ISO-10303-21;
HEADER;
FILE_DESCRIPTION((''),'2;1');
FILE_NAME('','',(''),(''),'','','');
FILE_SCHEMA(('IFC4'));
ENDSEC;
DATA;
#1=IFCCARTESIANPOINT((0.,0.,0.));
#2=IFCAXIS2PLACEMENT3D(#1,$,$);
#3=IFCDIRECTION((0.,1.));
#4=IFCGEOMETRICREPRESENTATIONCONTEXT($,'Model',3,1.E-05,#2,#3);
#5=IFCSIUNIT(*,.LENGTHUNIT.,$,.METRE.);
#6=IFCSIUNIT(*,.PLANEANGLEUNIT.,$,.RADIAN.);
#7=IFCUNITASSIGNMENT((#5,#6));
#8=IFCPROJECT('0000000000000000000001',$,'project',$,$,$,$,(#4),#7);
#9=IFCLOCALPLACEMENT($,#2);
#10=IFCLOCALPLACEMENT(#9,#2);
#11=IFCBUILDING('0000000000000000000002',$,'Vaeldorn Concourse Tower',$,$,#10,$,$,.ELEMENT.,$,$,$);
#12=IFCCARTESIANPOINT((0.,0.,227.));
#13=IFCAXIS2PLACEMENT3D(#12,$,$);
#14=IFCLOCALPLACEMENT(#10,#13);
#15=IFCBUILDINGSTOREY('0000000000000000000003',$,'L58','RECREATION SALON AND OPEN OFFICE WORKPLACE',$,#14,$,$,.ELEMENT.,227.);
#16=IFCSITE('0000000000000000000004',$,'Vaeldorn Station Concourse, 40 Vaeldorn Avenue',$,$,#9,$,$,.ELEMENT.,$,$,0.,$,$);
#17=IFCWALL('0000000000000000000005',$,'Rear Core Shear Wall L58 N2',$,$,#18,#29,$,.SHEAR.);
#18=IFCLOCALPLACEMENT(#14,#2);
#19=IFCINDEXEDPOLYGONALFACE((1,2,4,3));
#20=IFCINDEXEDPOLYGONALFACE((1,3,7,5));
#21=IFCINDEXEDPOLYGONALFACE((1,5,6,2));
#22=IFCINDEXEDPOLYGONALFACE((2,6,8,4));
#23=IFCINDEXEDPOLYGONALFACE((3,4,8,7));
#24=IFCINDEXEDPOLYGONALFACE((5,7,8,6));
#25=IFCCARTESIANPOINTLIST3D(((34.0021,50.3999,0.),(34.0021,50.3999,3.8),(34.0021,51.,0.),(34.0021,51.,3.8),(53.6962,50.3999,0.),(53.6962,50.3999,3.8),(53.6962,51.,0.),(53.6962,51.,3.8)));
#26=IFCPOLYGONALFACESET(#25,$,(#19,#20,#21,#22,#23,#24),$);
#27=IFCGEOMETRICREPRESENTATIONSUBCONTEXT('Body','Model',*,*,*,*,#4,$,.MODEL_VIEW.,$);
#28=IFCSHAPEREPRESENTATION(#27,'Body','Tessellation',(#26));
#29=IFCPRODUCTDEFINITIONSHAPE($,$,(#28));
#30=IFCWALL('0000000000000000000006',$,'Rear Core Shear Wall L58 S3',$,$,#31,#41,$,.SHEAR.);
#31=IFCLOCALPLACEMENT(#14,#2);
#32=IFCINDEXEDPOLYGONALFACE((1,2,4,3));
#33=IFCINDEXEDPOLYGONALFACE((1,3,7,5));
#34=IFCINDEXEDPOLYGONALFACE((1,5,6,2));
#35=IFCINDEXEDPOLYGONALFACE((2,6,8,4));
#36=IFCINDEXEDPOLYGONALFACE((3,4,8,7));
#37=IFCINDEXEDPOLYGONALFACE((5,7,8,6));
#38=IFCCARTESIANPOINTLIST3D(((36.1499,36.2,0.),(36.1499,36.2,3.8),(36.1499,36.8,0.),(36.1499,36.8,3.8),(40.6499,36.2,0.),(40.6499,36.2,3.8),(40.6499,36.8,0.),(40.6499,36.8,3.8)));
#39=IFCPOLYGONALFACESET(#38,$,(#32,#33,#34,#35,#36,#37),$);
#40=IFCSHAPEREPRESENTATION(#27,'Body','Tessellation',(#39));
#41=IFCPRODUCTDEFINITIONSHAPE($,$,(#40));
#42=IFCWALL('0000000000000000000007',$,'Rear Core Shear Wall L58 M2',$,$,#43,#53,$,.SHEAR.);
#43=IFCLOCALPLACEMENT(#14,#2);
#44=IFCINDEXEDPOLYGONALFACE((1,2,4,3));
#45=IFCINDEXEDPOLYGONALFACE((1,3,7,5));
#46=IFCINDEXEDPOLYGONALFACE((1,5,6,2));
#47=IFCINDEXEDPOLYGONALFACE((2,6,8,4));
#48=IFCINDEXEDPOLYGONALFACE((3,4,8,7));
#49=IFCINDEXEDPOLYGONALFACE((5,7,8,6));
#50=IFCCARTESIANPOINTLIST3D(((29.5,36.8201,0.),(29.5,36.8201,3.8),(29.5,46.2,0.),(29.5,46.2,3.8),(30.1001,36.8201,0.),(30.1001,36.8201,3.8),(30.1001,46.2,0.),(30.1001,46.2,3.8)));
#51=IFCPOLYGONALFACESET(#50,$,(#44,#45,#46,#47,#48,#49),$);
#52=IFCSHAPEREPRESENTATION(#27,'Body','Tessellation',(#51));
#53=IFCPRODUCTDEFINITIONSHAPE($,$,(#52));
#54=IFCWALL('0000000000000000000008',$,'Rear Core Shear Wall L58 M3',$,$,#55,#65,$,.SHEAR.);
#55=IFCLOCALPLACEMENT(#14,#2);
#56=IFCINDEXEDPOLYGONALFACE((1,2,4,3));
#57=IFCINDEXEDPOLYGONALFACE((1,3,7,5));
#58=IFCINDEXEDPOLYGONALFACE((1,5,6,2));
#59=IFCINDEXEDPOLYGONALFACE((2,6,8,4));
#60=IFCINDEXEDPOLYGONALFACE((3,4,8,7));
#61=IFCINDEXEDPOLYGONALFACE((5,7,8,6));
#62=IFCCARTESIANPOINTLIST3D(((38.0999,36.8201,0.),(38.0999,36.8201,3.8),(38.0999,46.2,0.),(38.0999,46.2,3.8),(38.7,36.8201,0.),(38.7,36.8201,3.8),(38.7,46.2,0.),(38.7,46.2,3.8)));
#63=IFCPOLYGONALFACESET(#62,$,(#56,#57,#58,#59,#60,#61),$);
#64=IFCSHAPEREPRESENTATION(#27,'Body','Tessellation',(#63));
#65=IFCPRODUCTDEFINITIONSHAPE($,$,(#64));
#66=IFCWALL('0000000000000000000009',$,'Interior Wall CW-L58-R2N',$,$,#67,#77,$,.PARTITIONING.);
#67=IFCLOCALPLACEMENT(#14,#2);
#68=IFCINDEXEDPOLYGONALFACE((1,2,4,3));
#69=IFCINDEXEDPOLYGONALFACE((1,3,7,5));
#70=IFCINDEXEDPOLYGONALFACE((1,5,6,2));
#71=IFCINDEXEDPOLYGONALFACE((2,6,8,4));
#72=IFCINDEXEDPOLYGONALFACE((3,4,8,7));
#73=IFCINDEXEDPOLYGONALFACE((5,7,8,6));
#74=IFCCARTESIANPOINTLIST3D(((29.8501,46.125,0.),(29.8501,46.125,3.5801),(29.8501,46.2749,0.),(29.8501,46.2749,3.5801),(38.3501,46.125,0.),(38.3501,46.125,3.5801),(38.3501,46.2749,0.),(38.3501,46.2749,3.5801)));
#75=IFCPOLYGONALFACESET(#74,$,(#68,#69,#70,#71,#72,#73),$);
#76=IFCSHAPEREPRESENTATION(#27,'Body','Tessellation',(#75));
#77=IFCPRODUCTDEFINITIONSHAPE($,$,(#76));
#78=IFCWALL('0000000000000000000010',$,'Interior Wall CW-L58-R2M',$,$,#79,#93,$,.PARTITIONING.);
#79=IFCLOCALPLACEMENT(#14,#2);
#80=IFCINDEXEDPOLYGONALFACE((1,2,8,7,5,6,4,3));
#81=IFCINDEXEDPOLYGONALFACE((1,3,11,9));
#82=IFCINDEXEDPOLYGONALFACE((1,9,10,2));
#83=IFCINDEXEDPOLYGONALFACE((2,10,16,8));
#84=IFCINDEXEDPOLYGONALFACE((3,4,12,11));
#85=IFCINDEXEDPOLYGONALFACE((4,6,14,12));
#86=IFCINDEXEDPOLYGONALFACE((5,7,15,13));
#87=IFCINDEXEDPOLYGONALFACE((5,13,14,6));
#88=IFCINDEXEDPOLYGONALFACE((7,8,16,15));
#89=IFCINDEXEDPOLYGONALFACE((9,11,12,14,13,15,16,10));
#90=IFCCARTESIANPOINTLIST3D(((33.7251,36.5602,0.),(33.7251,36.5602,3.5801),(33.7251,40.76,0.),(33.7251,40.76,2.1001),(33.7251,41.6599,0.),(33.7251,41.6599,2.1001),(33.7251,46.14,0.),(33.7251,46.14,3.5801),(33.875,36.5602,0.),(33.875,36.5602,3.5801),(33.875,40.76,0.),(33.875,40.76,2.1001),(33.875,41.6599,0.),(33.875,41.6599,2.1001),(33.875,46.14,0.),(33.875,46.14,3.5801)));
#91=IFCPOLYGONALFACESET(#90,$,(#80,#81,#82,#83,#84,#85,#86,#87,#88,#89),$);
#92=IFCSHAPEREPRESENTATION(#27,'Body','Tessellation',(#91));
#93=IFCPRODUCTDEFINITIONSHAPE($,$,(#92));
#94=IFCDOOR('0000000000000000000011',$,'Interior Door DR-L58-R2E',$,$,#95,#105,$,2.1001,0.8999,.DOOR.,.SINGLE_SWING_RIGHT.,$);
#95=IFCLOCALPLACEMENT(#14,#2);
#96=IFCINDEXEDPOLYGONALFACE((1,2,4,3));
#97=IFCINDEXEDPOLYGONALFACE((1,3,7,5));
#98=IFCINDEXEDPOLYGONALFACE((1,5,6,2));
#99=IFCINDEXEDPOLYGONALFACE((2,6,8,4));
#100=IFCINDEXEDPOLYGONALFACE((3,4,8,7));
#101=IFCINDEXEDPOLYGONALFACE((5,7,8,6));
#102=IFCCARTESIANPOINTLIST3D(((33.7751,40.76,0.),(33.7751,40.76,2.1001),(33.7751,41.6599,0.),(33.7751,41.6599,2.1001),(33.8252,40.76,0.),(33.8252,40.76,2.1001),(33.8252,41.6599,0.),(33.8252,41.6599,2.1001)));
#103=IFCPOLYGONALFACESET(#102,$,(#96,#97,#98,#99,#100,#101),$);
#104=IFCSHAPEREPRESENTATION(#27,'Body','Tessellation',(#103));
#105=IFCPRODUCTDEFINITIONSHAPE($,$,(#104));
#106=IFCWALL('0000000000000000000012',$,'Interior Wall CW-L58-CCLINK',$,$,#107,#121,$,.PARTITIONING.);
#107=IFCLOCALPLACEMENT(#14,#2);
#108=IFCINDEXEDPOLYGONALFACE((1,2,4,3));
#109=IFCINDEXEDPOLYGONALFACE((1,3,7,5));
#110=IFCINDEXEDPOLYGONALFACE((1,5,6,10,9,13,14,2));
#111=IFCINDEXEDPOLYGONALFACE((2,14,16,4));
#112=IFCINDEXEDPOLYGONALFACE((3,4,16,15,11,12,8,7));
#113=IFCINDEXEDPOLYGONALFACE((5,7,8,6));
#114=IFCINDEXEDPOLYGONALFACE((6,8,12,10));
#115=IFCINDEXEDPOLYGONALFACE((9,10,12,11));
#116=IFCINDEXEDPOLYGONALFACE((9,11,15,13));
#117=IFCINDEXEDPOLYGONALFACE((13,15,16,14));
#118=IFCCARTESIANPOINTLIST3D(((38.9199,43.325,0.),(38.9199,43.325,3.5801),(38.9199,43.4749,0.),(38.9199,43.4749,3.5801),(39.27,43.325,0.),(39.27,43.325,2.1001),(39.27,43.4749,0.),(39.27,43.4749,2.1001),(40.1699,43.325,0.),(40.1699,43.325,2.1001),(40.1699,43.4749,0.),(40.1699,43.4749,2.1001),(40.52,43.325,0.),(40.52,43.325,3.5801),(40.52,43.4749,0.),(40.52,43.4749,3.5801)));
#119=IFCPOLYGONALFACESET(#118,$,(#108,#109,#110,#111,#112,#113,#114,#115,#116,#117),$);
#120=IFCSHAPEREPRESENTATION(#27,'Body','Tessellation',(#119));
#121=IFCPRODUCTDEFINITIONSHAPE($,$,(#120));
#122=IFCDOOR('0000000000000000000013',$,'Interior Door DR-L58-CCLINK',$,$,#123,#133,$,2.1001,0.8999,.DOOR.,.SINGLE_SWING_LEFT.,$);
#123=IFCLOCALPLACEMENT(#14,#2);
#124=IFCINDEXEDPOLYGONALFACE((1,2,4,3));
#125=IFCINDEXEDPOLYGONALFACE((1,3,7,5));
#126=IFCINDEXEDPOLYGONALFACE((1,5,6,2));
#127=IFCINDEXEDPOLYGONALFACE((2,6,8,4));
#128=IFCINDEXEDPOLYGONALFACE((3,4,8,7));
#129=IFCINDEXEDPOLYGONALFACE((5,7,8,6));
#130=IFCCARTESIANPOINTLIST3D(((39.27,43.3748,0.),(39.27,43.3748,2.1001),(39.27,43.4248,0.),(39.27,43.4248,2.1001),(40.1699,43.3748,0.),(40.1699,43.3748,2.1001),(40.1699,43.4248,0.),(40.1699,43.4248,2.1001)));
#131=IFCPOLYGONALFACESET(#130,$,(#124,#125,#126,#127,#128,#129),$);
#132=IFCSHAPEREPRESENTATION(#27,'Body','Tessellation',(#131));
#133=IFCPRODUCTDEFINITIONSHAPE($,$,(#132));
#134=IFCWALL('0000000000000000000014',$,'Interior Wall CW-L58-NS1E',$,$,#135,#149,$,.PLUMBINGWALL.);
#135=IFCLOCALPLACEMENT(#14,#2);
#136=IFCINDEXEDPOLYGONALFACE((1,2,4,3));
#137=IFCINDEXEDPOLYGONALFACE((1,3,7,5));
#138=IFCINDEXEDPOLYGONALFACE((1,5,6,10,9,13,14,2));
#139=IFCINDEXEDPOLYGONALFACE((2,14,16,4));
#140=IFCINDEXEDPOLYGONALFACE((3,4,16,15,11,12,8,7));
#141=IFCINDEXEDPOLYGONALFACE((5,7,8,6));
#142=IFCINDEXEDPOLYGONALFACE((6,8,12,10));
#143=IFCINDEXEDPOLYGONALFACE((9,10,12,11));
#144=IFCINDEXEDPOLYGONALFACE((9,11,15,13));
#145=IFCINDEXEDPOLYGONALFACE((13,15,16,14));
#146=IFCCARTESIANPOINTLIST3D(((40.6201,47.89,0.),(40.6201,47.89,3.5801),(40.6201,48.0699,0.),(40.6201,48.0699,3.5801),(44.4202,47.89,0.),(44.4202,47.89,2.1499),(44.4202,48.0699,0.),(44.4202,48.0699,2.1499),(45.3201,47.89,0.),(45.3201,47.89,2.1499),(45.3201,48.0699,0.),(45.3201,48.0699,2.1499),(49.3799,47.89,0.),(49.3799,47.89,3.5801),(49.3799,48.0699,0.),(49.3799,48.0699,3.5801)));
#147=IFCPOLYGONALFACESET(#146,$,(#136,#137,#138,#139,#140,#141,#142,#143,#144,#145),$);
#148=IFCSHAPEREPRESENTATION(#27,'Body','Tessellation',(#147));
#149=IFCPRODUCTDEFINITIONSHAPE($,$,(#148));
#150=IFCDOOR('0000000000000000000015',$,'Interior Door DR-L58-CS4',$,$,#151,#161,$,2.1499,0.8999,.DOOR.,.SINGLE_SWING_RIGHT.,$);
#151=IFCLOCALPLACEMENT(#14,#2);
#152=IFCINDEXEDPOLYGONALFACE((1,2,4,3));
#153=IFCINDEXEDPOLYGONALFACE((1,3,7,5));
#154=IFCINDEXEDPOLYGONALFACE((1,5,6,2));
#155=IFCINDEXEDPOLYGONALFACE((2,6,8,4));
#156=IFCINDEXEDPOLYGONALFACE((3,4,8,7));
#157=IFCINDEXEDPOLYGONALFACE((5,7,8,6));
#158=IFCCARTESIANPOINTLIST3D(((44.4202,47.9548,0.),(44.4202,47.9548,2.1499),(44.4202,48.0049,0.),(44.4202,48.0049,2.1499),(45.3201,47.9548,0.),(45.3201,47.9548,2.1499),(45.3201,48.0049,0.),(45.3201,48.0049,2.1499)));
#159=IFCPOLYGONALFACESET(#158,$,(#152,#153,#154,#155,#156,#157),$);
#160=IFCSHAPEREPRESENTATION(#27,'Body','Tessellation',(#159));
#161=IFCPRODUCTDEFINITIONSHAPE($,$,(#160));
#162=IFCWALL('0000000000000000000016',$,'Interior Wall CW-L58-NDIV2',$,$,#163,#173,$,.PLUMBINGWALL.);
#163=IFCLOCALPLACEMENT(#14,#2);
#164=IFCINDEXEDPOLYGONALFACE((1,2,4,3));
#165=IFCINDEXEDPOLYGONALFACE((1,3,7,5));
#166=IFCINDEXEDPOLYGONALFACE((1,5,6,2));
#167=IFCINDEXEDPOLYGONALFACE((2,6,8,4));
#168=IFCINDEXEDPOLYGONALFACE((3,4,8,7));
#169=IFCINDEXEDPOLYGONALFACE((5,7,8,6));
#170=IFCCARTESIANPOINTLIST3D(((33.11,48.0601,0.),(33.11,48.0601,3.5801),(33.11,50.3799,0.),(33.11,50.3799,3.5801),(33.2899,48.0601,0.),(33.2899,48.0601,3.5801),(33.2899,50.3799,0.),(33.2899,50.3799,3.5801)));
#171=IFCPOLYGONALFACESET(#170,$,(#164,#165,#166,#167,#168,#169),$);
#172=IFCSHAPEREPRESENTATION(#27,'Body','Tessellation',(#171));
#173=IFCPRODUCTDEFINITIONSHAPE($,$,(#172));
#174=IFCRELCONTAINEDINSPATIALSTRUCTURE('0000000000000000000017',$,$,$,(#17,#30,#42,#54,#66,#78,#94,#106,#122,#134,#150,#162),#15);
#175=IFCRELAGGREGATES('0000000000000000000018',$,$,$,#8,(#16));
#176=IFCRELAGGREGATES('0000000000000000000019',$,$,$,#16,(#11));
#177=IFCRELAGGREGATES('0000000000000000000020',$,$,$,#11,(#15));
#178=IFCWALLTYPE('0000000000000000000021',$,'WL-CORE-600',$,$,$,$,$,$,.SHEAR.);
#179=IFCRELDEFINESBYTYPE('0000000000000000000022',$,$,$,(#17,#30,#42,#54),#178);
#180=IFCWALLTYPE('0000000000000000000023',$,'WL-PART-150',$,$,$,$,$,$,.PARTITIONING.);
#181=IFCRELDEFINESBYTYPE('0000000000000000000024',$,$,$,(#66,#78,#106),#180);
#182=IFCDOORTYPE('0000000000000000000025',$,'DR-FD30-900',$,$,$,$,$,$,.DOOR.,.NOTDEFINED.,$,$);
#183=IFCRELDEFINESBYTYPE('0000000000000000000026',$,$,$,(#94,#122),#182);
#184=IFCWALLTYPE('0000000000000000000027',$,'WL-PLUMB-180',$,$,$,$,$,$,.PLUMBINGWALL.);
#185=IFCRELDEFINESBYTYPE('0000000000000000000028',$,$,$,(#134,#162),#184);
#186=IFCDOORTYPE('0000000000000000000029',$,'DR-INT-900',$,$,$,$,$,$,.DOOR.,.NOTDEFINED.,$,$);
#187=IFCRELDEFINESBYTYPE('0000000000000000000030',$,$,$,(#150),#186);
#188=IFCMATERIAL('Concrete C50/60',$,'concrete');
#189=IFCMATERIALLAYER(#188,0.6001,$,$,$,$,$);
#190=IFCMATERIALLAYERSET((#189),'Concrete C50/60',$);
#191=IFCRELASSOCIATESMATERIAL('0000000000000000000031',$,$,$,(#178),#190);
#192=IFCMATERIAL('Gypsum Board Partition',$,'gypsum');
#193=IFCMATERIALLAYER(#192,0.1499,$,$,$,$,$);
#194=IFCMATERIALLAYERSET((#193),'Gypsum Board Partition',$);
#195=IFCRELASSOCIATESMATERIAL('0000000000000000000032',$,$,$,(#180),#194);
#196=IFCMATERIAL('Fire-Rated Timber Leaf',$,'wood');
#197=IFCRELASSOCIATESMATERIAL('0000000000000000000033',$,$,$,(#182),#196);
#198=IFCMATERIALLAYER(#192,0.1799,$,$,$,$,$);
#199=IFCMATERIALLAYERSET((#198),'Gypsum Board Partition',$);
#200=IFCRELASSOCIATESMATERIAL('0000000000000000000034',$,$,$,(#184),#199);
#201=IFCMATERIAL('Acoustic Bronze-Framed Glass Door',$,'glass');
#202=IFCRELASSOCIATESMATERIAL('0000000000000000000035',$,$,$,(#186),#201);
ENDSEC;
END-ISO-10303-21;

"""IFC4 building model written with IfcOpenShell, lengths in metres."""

from ifc_helpers import new_model, si_unit, direction, frame, frame_2d, origin, place, context, subcontext, project, spatial, rectangle, extrude, source, transform, mapped, material, layer, layer_set, type_object, element, fill, save


model = new_model("IFC4")

# Units and contexts
model_context = context("Model", 3, precision=1e-05, world=origin(), true_north=direction((0.0, 1.0)))
body_context = subcontext(model_context, "Body", "Model", "MODEL_VIEW")
ifc_project = project(units=[si_unit("LENGTHUNIT", "METRE"), si_unit("PLANEANGLEUNIT", "RADIAN")], contexts=[model_context])

# Site, building, storey
site_placement = place(None, origin())
site = spatial("IfcSite", under=ifc_project, at=site_placement, Name="Vaeldorn Station Concourse, 40 Vaeldorn Avenue", CompositionType="ELEMENT", RefElevation=0.0)
building_placement = place(site_placement, origin())
building = spatial("IfcBuilding", under=site, at=building_placement, Name="Vaeldorn Concourse Tower", CompositionType="ELEMENT")
storey_placement = place(building_placement, frame((0.0, 0.0, 227.0)))
storey = spatial("IfcBuildingStorey", under=building, at=storey_placement, Name="L58", Description="RECREATION SALON AND OPEN OFFICE WORKPLACE", CompositionType="ELEMENT", Elevation=227.0)

# Walls
ifc_material_1 = material(Name="Concrete C50/60", Category="concrete")
ifc_layer_1 = layer(ifc_material_1, 0.6001)
ifc_layer_set_1 = layer_set([ifc_layer_1], Name="Concrete C50/60")
wall_type_1 = type_object("IfcWallType", Name="WL-CORE-600", PredefinedType="SHEAR", material=ifc_layer_set_1)
wall_1_placement = place(storey_placement, frame((34.002, 50.7, 0.0), z_axis=(0.0, 0.0, 1.0), x_axis=(1.0, 0.0, 0.0)))
element("IfcWall", 1, at=wall_1_placement, inside=storey, type_object=wall_type_1, Name="Rear Core Shear Wall L58 N2", PredefinedType="SHEAR", context=body_context, shape_type="SweptSolid", body=[
    extrude(rectangle(XDim=19.6941, YDim=0.6001, at=frame_2d((9.8472, 0.0))), origin(), (0.0, 0.0, 1.0), 3.8),
])
wall_2_placement = place(storey_placement, frame((36.1499, 36.5, 0.0), z_axis=(0.0, 0.0, 1.0), x_axis=(1.0, 0.0, 0.0)))
element("IfcWall", 2, at=wall_2_placement, inside=storey, type_object=wall_type_1, Name="Rear Core Shear Wall L58 S3", PredefinedType="SHEAR", context=body_context, shape_type="SweptSolid", body=[
    extrude(rectangle(XDim=4.5, YDim=0.6001, at=frame_2d((2.25, 0.0))), origin(), (0.0, 0.0, 1.0), 3.8),
])
for number, where, z_axis, x_axis, name in (
    (3, (29.8, 36.8201, 0.0), (0.0, 0.0, 1.0), (0.0, 1.0, 0.0), "Rear Core Shear Wall L58 M2"),
    (4, (38.3999, 36.8201, 0.0), (0.0, 0.0, 1.0), (0.0, 1.0, 0.0), "Rear Core Shear Wall L58 M3"),
):
    element("IfcWall", number, at=place(storey_placement, frame(where, z_axis=z_axis, x_axis=x_axis)), inside=storey, type_object=wall_type_1, Name=name, PredefinedType="SHEAR", context=body_context, shape_type="SweptSolid", body=[
        extrude(rectangle(XDim=9.3799, YDim=0.6001, at=frame_2d((4.6899, 0.0))), origin(), (0.0, 0.0, 1.0), 3.8),
    ])
ifc_material_2 = material(Name="Gypsum Board Partition", Category="gypsum")
ifc_layer_2 = layer(ifc_material_2, 0.1499)
ifc_layer_set_2 = layer_set([ifc_layer_2], Name="Gypsum Board Partition")
wall_type_2 = type_object("IfcWallType", Name="WL-PART-150", PredefinedType="PARTITIONING", material=ifc_layer_set_2)
wall_3_placement = place(storey_placement, frame((29.8501, 46.2, 0.0), z_axis=(0.0, 0.0, 1.0), x_axis=(1.0, 0.0, 0.0)))
element("IfcWall", 5, at=wall_3_placement, inside=storey, type_object=wall_type_2, Name="Interior Wall CW-L58-R2N", PredefinedType="PARTITIONING", context=body_context, shape_type="SweptSolid", body=[
    extrude(rectangle(XDim=8.5, YDim=0.1499, at=frame_2d((4.25, 0.0))), origin(), (0.0, 0.0, 1.0), 3.5801),
])

# Walls, openings, doors
wall_4_placement = place(storey_placement, frame((33.8, 36.5601, 0.0), z_axis=(0.0, 0.0, 1.0), x_axis=(0.0, 1.0, 0.0)))
wall_4 = element("IfcWall", 6, at=wall_4_placement, inside=storey, type_object=wall_type_2, Name="Interior Wall CW-L58-R2M", PredefinedType="PARTITIONING", context=body_context, shape_type="SweptSolid", body=[
    extrude(rectangle(XDim=9.5798, YDim=0.1499, at=frame_2d((4.79, 0.0))), origin(), (0.0, 0.0, 1.0), 3.5801),
])
opening_1_placement = place(wall_4_placement, frame((4.2, 0.0, 0.0)))
opening_1 = element("IfcOpeningElement", 7, at=opening_1_placement, cuts=wall_4, PredefinedType="OPENING", context=body_context, shape_type="SweptSolid", body=[
    extrude(rectangle(XDim=0.8999, YDim=2.1001, at=frame_2d((0.45, 1.05))), frame((0.0, 0.085, 0.0), z_axis=(0.0, -1.0, 0.0), x_axis=(1.0, 0.0, 0.0)), (0.0, 0.0, 1.0), 0.1699),
])
ifc_material_3 = material(Name="Fire-Rated Timber Leaf", Category="wood")
door_type_1 = type_object("IfcDoorType", Name="DR-FD30-900", OperationType="NOTDEFINED", PredefinedType="DOOR", material=ifc_material_3)
shared_shape_1 = source(origin(), body_context, "Body", "SweptSolid", [
    extrude(rectangle(XDim=0.8999, YDim=2.1001, at=frame_2d((0.45, 1.05))), frame((0.0, 0.0249, 0.0), z_axis=(0.0, -1.0, 0.0), x_axis=(1.0, 0.0, 0.0)), (0.0, 0.0, 1.0), 0.05),
])
door_1_placement = place(opening_1_placement, origin())
door_1 = element("IfcDoor", 8, at=door_1_placement, inside=storey, type_object=door_type_1, Name="Interior Door DR-L58-R2E", OperationType="SINGLE_SWING_RIGHT", OverallHeight=2.1001, OverallWidth=0.8999, PredefinedType="DOOR", context=body_context, shape_type="MappedRepresentation", body=[
    mapped(shared_shape_1, transform((0.0, 0.0, 0.0), scale=1.0)),
])
fill(opening_1, door_1)
wall_5_placement = place(storey_placement, frame((38.9199, 43.3999, 0.0), z_axis=(0.0, 0.0, 1.0), x_axis=(1.0, 0.0, 0.0)))
wall_5 = element("IfcWall", 9, at=wall_5_placement, inside=storey, type_object=wall_type_2, Name="Interior Wall CW-L58-CCLINK", PredefinedType="PARTITIONING", context=body_context, shape_type="SweptSolid", body=[
    extrude(rectangle(XDim=1.6001, YDim=0.1499, at=frame_2d((0.8, 0.0))), origin(), (0.0, 0.0, 1.0), 3.5801),
])
opening_2_placement = place(wall_5_placement, frame((0.3501, 0.0, 0.0)))
opening_2 = element("IfcOpeningElement", 10, at=opening_2_placement, cuts=wall_5, PredefinedType="OPENING", context=body_context, shape_type="SweptSolid", body=[
    extrude(rectangle(XDim=0.8999, YDim=2.1001, at=frame_2d((0.45, 1.05))), frame((0.0, 0.085, 0.0), z_axis=(0.0, -1.0, 0.0), x_axis=(1.0, 0.0, 0.0)), (0.0, 0.0, 1.0), 0.1699),
])
door_2_placement = place(opening_2_placement, origin())
door_2 = element("IfcDoor", 11, at=door_2_placement, inside=storey, type_object=door_type_1, Name="Interior Door DR-L58-CCLINK", OperationType="SINGLE_SWING_LEFT", OverallHeight=2.1001, OverallWidth=0.8999, PredefinedType="DOOR", context=body_context, shape_type="MappedRepresentation", body=[
    mapped(shared_shape_1, transform((0.0, 0.0, 0.0), scale=1.0)),
])
fill(opening_2, door_2)
ifc_layer_3 = layer(ifc_material_2, 0.1799)
ifc_layer_set_3 = layer_set([ifc_layer_3], Name="Gypsum Board Partition")
wall_type_3 = type_object("IfcWallType", Name="WL-PLUMB-180", PredefinedType="PLUMBINGWALL", material=ifc_layer_set_3)
wall_6_placement = place(storey_placement, frame((40.6201, 47.98, 0.0), z_axis=(0.0, 0.0, 1.0), x_axis=(1.0, 0.0, 0.0)))
wall_6 = element("IfcWall", 12, at=wall_6_placement, inside=storey, type_object=wall_type_3, Name="Interior Wall CW-L58-NS1E", PredefinedType="PLUMBINGWALL", context=body_context, shape_type="SweptSolid", body=[
    extrude(rectangle(XDim=8.7598, YDim=0.1799, at=frame_2d((4.3799, 0.0))), origin(), (0.0, 0.0, 1.0), 3.5801),
])
opening_3_placement = place(wall_6_placement, frame((3.8, 0.0, 0.0)))
opening_3 = element("IfcOpeningElement", 13, at=opening_3_placement, cuts=wall_6, PredefinedType="OPENING", context=body_context, shape_type="SweptSolid", body=[
    extrude(rectangle(XDim=0.8999, YDim=2.1499, at=frame_2d((0.45, 1.075))), frame((0.0, 0.1001, 0.0), z_axis=(0.0, -1.0, 0.0), x_axis=(1.0, 0.0, 0.0)), (0.0, 0.0, 1.0), 0.2),
])
ifc_material_4 = material(Name="Acoustic Bronze-Framed Glass Door", Category="glass")
door_type_2 = type_object("IfcDoorType", Name="DR-INT-900", OperationType="NOTDEFINED", PredefinedType="DOOR", material=ifc_material_4)
shared_shape_2 = source(origin(), body_context, "Body", "SweptSolid", [
    extrude(rectangle(XDim=0.8999, YDim=2.1499, at=frame_2d((0.45, 1.075))), frame((0.0, 0.0249, 0.0), z_axis=(0.0, -1.0, 0.0), x_axis=(1.0, 0.0, 0.0)), (0.0, 0.0, 1.0), 0.05),
])
door_3_placement = place(opening_3_placement, origin())
door_3 = element("IfcDoor", 14, at=door_3_placement, inside=storey, type_object=door_type_2, Name="Interior Door DR-L58-CS4", OperationType="SINGLE_SWING_RIGHT", OverallHeight=2.1499, OverallWidth=0.8999, PredefinedType="DOOR", context=body_context, shape_type="MappedRepresentation", body=[
    mapped(shared_shape_2, transform((0.0, 0.0, 0.0), scale=1.0)),
])
fill(opening_3, door_3)

# Wall
for number, where, z_axis, x_axis, name in (
    (15, (33.2, 48.0601, 0.0), (0.0, 0.0, 1.0), (0.0, 1.0, 0.0), "Interior Wall CW-L58-NDIV2"),
):
    element("IfcWall", number, at=place(storey_placement, frame(where, z_axis=z_axis, x_axis=x_axis)), inside=storey, type_object=wall_type_3, Name=name, PredefinedType="PLUMBINGWALL", context=body_context, shape_type="SweptSolid", body=[
        extrude(rectangle(XDim=2.3198, YDim=0.1799, at=frame_2d((1.1599, 0.0))), origin(), (0.0, 0.0, 1.0), 3.5801),
    ])

save(model, "model.ifc")
